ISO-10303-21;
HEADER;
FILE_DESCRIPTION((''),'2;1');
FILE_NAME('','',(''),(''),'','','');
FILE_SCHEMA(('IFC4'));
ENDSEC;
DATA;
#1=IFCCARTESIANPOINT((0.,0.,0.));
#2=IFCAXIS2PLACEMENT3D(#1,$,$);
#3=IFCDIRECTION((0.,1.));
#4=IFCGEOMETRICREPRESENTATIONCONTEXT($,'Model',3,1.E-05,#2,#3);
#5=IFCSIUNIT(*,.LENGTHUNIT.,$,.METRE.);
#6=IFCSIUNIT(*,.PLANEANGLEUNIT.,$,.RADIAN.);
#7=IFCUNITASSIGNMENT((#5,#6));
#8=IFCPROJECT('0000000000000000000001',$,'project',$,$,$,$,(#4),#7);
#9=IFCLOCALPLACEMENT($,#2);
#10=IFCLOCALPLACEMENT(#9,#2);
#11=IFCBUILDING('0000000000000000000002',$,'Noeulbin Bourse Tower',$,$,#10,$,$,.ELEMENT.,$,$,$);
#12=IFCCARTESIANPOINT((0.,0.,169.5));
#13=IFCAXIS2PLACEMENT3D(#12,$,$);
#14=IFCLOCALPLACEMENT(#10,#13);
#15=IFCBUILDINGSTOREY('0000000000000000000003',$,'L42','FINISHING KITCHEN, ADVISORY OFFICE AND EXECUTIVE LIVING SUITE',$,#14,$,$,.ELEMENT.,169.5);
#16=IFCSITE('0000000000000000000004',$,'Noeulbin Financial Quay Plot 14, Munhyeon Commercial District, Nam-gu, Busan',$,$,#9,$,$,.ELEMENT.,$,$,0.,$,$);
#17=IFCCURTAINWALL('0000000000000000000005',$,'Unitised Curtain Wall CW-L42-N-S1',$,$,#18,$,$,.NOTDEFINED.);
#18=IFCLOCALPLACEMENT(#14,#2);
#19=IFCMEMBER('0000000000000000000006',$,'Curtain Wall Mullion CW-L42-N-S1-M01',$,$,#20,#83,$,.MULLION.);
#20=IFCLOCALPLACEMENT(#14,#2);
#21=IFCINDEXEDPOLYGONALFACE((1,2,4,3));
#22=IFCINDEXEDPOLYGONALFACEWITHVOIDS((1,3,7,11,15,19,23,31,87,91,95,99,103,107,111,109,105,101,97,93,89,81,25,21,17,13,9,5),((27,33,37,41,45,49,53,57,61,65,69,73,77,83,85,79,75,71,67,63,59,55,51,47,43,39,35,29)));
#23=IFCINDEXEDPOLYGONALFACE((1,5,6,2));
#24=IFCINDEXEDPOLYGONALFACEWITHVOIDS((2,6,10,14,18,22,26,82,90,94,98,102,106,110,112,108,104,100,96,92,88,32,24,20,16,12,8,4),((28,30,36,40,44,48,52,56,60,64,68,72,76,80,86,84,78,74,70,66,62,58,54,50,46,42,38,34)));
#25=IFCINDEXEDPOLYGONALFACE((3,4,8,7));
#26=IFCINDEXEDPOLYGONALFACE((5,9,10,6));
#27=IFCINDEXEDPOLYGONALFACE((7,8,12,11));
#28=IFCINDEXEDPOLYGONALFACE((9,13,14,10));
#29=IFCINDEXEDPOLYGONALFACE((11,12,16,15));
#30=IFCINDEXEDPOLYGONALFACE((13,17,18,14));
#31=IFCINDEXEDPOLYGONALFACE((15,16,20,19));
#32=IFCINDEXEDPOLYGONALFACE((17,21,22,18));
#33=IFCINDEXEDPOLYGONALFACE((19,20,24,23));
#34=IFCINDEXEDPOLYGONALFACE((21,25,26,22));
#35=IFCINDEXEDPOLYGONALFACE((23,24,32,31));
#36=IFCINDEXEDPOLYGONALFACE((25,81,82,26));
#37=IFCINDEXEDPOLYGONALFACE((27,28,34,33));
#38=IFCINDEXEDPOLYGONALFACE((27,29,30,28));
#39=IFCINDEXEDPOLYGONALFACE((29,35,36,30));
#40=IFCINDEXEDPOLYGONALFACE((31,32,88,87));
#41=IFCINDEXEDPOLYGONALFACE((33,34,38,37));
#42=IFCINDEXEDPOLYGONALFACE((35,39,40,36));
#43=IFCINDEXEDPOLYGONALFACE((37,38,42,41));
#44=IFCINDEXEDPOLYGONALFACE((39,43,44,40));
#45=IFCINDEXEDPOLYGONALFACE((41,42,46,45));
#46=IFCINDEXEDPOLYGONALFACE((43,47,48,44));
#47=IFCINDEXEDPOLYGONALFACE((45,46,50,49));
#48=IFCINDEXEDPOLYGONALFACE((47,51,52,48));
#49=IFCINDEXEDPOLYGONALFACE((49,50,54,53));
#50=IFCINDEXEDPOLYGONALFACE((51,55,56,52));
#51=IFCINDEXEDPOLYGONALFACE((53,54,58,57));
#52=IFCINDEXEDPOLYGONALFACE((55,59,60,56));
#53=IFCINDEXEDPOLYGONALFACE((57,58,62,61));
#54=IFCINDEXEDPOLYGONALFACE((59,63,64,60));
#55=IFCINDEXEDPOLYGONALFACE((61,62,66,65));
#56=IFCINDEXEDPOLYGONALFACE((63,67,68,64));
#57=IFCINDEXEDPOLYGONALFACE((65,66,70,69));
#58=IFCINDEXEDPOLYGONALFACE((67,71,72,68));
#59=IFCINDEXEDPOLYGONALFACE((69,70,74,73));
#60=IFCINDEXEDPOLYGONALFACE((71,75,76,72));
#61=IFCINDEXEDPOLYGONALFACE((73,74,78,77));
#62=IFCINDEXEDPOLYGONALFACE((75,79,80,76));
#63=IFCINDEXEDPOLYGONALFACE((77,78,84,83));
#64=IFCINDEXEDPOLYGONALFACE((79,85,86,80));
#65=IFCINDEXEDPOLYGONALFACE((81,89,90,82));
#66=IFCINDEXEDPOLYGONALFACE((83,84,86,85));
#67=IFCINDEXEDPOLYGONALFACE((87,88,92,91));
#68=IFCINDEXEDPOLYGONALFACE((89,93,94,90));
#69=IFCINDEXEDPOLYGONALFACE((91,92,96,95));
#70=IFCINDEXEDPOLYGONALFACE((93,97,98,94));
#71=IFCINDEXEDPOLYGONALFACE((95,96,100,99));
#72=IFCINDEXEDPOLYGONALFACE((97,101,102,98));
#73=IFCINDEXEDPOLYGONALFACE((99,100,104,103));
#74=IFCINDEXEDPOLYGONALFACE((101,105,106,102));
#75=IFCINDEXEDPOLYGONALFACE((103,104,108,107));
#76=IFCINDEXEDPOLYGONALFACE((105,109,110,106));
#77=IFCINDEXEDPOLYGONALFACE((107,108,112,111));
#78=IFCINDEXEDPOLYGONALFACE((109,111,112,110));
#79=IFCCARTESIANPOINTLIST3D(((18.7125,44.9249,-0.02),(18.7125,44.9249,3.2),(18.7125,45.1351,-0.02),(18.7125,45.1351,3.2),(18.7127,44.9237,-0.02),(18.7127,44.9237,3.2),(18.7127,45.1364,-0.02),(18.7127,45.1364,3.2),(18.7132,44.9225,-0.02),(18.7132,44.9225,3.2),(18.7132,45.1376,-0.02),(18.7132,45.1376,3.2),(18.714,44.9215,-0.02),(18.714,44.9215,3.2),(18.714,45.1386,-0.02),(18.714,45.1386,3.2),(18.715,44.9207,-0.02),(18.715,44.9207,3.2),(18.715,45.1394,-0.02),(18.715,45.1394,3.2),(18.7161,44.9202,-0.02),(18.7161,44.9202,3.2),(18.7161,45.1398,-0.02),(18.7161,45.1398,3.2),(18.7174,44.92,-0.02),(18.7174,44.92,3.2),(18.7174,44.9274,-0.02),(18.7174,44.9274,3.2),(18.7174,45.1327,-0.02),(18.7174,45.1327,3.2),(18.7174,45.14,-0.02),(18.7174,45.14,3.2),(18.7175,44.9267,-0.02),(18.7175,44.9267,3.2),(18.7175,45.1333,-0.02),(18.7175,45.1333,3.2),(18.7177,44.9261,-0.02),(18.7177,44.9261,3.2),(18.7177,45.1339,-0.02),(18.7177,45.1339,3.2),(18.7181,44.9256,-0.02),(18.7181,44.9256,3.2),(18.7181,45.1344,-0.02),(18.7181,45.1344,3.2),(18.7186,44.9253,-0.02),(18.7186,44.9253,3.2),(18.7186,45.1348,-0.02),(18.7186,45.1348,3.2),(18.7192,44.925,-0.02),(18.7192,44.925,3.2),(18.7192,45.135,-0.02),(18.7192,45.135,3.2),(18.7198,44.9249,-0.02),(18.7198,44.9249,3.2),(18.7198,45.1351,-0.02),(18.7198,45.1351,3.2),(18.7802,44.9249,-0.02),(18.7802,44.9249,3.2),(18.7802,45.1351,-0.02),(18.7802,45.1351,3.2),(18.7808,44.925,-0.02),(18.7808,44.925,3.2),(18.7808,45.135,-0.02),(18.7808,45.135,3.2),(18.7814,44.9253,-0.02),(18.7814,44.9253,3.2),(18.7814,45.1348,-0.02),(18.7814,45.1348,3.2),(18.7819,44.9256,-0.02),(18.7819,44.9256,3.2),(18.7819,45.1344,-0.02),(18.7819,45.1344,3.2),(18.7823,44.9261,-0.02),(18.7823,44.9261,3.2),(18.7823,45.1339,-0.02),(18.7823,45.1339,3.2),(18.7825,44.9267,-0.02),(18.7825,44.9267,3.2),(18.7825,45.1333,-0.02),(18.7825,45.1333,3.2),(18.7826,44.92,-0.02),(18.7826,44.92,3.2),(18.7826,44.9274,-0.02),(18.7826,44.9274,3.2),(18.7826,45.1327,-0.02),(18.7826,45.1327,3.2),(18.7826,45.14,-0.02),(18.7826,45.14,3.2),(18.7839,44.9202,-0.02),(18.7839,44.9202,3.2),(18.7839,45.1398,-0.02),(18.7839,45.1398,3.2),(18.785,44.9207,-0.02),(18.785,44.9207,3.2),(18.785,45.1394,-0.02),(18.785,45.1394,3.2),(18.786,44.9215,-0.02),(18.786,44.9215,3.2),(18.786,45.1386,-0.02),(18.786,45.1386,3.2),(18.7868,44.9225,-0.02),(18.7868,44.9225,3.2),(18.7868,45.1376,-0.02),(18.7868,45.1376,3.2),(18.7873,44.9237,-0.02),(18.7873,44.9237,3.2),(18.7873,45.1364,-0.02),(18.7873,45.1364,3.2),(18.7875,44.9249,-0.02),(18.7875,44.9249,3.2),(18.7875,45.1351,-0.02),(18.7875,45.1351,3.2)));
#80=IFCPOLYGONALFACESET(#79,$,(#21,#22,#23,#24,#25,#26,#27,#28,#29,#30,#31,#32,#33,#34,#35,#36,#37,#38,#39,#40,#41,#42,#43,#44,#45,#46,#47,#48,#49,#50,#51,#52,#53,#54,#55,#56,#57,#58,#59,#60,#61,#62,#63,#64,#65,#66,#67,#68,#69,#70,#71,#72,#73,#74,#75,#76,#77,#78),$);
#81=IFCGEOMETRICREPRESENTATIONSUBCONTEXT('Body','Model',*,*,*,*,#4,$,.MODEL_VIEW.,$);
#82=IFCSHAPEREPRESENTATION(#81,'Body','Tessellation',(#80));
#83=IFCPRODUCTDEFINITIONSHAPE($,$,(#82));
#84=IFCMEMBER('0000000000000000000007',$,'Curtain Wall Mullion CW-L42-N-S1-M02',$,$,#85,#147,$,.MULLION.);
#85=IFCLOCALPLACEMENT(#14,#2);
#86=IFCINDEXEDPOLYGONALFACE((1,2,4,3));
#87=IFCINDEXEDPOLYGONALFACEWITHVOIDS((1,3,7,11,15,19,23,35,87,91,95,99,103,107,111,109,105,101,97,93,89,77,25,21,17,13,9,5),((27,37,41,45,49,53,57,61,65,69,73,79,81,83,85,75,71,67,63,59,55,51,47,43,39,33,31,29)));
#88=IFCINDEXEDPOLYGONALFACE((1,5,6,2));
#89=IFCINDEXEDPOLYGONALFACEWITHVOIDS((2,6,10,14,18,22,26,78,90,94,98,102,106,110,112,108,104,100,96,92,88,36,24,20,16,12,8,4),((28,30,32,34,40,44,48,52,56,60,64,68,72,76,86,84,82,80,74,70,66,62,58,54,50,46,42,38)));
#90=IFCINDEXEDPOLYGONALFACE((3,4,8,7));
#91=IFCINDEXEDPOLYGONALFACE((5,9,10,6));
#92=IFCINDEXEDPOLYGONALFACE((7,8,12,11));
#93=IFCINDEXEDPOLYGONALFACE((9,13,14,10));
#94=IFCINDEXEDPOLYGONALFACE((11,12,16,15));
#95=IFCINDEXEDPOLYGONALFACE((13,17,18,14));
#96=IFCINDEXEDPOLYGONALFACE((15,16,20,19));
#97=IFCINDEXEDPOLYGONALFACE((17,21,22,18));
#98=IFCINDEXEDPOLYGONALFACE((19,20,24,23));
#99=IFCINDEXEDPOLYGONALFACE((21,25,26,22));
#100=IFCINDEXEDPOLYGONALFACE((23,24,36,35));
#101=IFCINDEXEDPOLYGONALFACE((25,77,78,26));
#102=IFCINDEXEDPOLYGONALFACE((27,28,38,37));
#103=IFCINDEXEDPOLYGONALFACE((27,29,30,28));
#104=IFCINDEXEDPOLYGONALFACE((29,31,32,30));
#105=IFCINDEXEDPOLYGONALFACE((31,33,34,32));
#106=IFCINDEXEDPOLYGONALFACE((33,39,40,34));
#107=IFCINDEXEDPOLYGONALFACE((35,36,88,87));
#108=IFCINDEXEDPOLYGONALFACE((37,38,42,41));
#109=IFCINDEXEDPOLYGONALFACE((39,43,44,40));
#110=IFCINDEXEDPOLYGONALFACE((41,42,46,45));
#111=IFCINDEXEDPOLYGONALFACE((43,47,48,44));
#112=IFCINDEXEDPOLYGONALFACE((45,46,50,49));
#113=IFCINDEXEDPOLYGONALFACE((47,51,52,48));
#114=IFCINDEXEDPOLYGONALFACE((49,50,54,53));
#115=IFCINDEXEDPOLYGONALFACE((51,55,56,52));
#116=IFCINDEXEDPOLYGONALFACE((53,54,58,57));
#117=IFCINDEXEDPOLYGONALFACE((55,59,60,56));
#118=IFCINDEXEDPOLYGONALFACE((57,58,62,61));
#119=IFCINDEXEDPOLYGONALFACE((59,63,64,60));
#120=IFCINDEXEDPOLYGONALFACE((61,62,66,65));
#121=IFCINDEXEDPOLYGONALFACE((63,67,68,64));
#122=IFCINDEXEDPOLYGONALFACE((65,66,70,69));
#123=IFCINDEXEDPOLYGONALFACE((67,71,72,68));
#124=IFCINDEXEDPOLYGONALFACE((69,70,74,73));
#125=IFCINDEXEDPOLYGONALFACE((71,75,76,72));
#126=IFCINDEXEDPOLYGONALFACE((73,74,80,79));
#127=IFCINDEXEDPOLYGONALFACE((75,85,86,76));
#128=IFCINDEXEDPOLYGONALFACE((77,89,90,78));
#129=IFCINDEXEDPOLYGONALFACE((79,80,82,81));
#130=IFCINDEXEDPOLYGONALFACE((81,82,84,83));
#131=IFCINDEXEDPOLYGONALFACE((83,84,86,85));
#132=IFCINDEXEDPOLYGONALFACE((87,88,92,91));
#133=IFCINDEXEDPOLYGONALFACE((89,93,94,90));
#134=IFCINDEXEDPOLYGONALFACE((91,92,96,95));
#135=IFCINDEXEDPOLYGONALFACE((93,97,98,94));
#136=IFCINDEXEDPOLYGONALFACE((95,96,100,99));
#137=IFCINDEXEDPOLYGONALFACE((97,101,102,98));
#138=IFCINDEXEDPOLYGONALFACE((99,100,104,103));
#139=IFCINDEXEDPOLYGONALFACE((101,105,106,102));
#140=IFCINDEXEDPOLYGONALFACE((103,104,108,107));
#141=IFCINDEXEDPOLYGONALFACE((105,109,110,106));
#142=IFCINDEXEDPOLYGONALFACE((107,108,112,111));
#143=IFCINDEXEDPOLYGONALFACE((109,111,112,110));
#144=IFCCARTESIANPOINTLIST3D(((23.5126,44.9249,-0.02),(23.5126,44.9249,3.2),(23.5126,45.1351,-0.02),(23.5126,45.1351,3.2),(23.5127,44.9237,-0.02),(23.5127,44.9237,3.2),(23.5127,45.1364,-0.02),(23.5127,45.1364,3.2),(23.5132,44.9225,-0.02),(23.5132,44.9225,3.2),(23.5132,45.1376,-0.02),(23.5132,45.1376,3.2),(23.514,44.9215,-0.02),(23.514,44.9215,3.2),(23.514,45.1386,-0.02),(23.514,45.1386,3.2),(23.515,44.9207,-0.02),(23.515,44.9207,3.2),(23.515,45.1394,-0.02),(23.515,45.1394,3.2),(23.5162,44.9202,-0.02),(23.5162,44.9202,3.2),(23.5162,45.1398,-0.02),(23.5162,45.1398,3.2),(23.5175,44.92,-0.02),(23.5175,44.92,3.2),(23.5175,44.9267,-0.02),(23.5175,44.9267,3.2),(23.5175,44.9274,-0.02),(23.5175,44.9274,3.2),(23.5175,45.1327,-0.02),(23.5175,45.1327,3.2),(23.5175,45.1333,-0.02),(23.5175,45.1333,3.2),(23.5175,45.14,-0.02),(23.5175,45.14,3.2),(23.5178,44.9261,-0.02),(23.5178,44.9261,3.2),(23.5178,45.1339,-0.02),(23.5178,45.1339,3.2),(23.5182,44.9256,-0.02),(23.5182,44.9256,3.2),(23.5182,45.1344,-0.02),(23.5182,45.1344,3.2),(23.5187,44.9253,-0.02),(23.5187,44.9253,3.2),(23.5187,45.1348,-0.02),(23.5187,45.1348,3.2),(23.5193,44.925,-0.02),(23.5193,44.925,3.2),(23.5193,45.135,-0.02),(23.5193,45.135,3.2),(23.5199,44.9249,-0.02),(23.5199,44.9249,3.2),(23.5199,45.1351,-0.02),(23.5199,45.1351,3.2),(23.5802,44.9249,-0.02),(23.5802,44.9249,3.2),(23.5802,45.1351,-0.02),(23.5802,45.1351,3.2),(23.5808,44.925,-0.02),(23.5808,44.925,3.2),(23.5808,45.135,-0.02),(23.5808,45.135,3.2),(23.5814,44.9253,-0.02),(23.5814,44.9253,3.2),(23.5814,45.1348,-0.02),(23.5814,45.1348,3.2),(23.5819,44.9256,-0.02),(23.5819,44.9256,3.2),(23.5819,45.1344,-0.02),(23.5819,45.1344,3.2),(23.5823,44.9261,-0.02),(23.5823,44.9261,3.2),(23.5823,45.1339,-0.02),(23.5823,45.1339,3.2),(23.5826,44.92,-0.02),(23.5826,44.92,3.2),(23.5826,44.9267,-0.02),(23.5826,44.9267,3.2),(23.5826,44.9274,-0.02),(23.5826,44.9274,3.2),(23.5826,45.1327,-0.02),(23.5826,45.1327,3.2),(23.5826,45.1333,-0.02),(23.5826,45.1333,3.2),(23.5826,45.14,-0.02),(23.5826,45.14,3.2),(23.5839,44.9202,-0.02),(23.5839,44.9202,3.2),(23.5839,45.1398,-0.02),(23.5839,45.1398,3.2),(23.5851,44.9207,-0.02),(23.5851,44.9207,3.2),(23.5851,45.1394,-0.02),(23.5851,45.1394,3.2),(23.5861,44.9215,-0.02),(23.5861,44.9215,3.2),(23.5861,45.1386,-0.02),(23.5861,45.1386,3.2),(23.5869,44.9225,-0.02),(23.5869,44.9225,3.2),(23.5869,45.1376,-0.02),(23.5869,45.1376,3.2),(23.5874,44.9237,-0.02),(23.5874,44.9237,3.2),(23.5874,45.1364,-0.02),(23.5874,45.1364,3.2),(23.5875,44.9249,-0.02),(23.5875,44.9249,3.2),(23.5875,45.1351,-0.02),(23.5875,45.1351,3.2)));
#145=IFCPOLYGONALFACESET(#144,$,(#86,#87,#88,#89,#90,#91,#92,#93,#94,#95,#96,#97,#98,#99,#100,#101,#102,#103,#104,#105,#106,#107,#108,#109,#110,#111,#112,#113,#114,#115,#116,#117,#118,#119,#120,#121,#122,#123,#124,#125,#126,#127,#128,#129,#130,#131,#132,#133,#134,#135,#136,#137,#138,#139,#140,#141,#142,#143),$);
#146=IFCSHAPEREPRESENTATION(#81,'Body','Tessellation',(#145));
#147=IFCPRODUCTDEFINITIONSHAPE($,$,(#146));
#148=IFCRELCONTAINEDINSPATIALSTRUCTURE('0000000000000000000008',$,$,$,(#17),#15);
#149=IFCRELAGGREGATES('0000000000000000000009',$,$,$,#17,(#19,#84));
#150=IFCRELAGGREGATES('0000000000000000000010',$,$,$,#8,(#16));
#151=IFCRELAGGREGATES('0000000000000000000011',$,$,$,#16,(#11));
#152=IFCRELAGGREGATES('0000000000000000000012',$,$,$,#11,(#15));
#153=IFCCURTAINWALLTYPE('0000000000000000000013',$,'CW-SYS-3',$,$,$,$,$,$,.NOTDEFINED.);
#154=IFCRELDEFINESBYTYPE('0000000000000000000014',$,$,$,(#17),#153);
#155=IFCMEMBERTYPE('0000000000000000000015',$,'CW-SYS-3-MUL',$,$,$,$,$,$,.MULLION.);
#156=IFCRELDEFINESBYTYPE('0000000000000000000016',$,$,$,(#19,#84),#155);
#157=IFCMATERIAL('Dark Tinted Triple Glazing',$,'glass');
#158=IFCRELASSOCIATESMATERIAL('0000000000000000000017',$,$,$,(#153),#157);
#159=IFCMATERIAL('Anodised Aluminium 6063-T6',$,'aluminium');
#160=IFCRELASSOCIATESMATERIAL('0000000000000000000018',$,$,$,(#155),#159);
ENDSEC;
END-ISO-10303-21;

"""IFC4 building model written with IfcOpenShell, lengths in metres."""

from ifc_helpers import new_model, si_unit, direction, frame, origin, origin_2d, place, context, subcontext, project, spatial, hollow_rectangle, extrude, material, material_profile, profile_set, type_object, element, aggregate, save


model = new_model("IFC4")

# Units and contexts
model_context = context("Model", 3, precision=1e-05, world=origin(), true_north=direction((0.0, 1.0)))
body_context = subcontext(model_context, "Body", "Model", "MODEL_VIEW")
ifc_project = project(units=[si_unit("LENGTHUNIT", "METRE"), si_unit("PLANEANGLEUNIT", "RADIAN")], contexts=[model_context])

# Site, building, storey
site_placement = place(None, origin())
site = spatial("IfcSite", under=ifc_project, at=site_placement, Name="Noeulbin Financial Quay Plot 14, Munhyeon Commercial District, Nam-gu, Busan", CompositionType="ELEMENT", RefElevation=0.0)
building_placement = place(site_placement, origin())
building = spatial("IfcBuilding", under=site, at=building_placement, Name="Noeulbin Bourse Tower", CompositionType="ELEMENT")
storey_placement = place(building_placement, frame((0.0, 0.0, 169.5)))
storey = spatial("IfcBuildingStorey", under=building, at=storey_placement, Name="L42", Description="FINISHING KITCHEN, ADVISORY OFFICE AND EXECUTIVE LIVING SUITE", CompositionType="ELEMENT", Elevation=169.5)

# Curtain wall, members
ifc_material_1 = material(Name="Dark Tinted Triple Glazing", Category="glass")
curtain_wall_type = type_object("IfcCurtainWallType", Name="CW-SYS-3", PredefinedType="NOTDEFINED", material=ifc_material_1)
curtain_wall_1_placement = place(storey_placement, origin())
curtain_wall_1 = element("IfcCurtainWall", 1, at=curtain_wall_1_placement, inside=storey, type_object=curtain_wall_type, Name="Unitised Curtain Wall CW-L42-N-S1", PredefinedType="NOTDEFINED")
ifc_material_2 = material(Name="Anodised Aluminium 6063-T6", Category="aluminium")
ifc_material_profile_1 = material_profile(ifc_material_2, hollow_rectangle(XDim=0.075, YDim=0.22, WallThickness=0.0049, InnerFilletRadius=0.0024, OuterFilletRadius=0.0049, at=origin_2d()), Name="ALU-MULL-75x220x5", Category="LoadBearing")
ifc_profile_set_1 = profile_set([ifc_material_profile_1], Name="Anodised Aluminium 6063-T6")
member_type_1 = type_object("IfcMemberType", Name="CW-SYS-3-MUL", PredefinedType="MULLION", material=ifc_profile_set_1)
member_1_placement = place(storey_placement, frame((18.75, 45.03, -0.02), z_axis=(0.0, 0.0, 1.0), x_axis=(1.0, 0.0, 0.0)))
member_1 = element("IfcMember", 2, at=member_1_placement, type_object=member_type_1, Name="Curtain Wall Mullion CW-L42-N-S1-M01", PredefinedType="MULLION", context=body_context, shape_type="SweptSolid", body=[
    extrude(hollow_rectangle(XDim=0.075, YDim=0.22, WallThickness=0.0049, InnerFilletRadius=0.0024, OuterFilletRadius=0.0049, at=origin_2d()), origin(), (0.0, 0.0, 1.0), 3.22),
])
member_2_placement = place(storey_placement, frame((23.55, 45.03, -0.02), z_axis=(0.0, 0.0, 1.0), x_axis=(1.0, 0.0, 0.0)))
member_2 = element("IfcMember", 3, at=member_2_placement, type_object=member_type_1, Name="Curtain Wall Mullion CW-L42-N-S1-M02", PredefinedType="MULLION", context=body_context, shape_type="SweptSolid", body=[
    extrude(hollow_rectangle(XDim=0.075, YDim=0.22, WallThickness=0.0049, InnerFilletRadius=0.0024, OuterFilletRadius=0.0049, at=origin_2d()), origin(), (0.0, 0.0, 1.0), 3.22),
])

aggregate(curtain_wall_1, [member_1, member_2])

save(model, "model.ifc")
